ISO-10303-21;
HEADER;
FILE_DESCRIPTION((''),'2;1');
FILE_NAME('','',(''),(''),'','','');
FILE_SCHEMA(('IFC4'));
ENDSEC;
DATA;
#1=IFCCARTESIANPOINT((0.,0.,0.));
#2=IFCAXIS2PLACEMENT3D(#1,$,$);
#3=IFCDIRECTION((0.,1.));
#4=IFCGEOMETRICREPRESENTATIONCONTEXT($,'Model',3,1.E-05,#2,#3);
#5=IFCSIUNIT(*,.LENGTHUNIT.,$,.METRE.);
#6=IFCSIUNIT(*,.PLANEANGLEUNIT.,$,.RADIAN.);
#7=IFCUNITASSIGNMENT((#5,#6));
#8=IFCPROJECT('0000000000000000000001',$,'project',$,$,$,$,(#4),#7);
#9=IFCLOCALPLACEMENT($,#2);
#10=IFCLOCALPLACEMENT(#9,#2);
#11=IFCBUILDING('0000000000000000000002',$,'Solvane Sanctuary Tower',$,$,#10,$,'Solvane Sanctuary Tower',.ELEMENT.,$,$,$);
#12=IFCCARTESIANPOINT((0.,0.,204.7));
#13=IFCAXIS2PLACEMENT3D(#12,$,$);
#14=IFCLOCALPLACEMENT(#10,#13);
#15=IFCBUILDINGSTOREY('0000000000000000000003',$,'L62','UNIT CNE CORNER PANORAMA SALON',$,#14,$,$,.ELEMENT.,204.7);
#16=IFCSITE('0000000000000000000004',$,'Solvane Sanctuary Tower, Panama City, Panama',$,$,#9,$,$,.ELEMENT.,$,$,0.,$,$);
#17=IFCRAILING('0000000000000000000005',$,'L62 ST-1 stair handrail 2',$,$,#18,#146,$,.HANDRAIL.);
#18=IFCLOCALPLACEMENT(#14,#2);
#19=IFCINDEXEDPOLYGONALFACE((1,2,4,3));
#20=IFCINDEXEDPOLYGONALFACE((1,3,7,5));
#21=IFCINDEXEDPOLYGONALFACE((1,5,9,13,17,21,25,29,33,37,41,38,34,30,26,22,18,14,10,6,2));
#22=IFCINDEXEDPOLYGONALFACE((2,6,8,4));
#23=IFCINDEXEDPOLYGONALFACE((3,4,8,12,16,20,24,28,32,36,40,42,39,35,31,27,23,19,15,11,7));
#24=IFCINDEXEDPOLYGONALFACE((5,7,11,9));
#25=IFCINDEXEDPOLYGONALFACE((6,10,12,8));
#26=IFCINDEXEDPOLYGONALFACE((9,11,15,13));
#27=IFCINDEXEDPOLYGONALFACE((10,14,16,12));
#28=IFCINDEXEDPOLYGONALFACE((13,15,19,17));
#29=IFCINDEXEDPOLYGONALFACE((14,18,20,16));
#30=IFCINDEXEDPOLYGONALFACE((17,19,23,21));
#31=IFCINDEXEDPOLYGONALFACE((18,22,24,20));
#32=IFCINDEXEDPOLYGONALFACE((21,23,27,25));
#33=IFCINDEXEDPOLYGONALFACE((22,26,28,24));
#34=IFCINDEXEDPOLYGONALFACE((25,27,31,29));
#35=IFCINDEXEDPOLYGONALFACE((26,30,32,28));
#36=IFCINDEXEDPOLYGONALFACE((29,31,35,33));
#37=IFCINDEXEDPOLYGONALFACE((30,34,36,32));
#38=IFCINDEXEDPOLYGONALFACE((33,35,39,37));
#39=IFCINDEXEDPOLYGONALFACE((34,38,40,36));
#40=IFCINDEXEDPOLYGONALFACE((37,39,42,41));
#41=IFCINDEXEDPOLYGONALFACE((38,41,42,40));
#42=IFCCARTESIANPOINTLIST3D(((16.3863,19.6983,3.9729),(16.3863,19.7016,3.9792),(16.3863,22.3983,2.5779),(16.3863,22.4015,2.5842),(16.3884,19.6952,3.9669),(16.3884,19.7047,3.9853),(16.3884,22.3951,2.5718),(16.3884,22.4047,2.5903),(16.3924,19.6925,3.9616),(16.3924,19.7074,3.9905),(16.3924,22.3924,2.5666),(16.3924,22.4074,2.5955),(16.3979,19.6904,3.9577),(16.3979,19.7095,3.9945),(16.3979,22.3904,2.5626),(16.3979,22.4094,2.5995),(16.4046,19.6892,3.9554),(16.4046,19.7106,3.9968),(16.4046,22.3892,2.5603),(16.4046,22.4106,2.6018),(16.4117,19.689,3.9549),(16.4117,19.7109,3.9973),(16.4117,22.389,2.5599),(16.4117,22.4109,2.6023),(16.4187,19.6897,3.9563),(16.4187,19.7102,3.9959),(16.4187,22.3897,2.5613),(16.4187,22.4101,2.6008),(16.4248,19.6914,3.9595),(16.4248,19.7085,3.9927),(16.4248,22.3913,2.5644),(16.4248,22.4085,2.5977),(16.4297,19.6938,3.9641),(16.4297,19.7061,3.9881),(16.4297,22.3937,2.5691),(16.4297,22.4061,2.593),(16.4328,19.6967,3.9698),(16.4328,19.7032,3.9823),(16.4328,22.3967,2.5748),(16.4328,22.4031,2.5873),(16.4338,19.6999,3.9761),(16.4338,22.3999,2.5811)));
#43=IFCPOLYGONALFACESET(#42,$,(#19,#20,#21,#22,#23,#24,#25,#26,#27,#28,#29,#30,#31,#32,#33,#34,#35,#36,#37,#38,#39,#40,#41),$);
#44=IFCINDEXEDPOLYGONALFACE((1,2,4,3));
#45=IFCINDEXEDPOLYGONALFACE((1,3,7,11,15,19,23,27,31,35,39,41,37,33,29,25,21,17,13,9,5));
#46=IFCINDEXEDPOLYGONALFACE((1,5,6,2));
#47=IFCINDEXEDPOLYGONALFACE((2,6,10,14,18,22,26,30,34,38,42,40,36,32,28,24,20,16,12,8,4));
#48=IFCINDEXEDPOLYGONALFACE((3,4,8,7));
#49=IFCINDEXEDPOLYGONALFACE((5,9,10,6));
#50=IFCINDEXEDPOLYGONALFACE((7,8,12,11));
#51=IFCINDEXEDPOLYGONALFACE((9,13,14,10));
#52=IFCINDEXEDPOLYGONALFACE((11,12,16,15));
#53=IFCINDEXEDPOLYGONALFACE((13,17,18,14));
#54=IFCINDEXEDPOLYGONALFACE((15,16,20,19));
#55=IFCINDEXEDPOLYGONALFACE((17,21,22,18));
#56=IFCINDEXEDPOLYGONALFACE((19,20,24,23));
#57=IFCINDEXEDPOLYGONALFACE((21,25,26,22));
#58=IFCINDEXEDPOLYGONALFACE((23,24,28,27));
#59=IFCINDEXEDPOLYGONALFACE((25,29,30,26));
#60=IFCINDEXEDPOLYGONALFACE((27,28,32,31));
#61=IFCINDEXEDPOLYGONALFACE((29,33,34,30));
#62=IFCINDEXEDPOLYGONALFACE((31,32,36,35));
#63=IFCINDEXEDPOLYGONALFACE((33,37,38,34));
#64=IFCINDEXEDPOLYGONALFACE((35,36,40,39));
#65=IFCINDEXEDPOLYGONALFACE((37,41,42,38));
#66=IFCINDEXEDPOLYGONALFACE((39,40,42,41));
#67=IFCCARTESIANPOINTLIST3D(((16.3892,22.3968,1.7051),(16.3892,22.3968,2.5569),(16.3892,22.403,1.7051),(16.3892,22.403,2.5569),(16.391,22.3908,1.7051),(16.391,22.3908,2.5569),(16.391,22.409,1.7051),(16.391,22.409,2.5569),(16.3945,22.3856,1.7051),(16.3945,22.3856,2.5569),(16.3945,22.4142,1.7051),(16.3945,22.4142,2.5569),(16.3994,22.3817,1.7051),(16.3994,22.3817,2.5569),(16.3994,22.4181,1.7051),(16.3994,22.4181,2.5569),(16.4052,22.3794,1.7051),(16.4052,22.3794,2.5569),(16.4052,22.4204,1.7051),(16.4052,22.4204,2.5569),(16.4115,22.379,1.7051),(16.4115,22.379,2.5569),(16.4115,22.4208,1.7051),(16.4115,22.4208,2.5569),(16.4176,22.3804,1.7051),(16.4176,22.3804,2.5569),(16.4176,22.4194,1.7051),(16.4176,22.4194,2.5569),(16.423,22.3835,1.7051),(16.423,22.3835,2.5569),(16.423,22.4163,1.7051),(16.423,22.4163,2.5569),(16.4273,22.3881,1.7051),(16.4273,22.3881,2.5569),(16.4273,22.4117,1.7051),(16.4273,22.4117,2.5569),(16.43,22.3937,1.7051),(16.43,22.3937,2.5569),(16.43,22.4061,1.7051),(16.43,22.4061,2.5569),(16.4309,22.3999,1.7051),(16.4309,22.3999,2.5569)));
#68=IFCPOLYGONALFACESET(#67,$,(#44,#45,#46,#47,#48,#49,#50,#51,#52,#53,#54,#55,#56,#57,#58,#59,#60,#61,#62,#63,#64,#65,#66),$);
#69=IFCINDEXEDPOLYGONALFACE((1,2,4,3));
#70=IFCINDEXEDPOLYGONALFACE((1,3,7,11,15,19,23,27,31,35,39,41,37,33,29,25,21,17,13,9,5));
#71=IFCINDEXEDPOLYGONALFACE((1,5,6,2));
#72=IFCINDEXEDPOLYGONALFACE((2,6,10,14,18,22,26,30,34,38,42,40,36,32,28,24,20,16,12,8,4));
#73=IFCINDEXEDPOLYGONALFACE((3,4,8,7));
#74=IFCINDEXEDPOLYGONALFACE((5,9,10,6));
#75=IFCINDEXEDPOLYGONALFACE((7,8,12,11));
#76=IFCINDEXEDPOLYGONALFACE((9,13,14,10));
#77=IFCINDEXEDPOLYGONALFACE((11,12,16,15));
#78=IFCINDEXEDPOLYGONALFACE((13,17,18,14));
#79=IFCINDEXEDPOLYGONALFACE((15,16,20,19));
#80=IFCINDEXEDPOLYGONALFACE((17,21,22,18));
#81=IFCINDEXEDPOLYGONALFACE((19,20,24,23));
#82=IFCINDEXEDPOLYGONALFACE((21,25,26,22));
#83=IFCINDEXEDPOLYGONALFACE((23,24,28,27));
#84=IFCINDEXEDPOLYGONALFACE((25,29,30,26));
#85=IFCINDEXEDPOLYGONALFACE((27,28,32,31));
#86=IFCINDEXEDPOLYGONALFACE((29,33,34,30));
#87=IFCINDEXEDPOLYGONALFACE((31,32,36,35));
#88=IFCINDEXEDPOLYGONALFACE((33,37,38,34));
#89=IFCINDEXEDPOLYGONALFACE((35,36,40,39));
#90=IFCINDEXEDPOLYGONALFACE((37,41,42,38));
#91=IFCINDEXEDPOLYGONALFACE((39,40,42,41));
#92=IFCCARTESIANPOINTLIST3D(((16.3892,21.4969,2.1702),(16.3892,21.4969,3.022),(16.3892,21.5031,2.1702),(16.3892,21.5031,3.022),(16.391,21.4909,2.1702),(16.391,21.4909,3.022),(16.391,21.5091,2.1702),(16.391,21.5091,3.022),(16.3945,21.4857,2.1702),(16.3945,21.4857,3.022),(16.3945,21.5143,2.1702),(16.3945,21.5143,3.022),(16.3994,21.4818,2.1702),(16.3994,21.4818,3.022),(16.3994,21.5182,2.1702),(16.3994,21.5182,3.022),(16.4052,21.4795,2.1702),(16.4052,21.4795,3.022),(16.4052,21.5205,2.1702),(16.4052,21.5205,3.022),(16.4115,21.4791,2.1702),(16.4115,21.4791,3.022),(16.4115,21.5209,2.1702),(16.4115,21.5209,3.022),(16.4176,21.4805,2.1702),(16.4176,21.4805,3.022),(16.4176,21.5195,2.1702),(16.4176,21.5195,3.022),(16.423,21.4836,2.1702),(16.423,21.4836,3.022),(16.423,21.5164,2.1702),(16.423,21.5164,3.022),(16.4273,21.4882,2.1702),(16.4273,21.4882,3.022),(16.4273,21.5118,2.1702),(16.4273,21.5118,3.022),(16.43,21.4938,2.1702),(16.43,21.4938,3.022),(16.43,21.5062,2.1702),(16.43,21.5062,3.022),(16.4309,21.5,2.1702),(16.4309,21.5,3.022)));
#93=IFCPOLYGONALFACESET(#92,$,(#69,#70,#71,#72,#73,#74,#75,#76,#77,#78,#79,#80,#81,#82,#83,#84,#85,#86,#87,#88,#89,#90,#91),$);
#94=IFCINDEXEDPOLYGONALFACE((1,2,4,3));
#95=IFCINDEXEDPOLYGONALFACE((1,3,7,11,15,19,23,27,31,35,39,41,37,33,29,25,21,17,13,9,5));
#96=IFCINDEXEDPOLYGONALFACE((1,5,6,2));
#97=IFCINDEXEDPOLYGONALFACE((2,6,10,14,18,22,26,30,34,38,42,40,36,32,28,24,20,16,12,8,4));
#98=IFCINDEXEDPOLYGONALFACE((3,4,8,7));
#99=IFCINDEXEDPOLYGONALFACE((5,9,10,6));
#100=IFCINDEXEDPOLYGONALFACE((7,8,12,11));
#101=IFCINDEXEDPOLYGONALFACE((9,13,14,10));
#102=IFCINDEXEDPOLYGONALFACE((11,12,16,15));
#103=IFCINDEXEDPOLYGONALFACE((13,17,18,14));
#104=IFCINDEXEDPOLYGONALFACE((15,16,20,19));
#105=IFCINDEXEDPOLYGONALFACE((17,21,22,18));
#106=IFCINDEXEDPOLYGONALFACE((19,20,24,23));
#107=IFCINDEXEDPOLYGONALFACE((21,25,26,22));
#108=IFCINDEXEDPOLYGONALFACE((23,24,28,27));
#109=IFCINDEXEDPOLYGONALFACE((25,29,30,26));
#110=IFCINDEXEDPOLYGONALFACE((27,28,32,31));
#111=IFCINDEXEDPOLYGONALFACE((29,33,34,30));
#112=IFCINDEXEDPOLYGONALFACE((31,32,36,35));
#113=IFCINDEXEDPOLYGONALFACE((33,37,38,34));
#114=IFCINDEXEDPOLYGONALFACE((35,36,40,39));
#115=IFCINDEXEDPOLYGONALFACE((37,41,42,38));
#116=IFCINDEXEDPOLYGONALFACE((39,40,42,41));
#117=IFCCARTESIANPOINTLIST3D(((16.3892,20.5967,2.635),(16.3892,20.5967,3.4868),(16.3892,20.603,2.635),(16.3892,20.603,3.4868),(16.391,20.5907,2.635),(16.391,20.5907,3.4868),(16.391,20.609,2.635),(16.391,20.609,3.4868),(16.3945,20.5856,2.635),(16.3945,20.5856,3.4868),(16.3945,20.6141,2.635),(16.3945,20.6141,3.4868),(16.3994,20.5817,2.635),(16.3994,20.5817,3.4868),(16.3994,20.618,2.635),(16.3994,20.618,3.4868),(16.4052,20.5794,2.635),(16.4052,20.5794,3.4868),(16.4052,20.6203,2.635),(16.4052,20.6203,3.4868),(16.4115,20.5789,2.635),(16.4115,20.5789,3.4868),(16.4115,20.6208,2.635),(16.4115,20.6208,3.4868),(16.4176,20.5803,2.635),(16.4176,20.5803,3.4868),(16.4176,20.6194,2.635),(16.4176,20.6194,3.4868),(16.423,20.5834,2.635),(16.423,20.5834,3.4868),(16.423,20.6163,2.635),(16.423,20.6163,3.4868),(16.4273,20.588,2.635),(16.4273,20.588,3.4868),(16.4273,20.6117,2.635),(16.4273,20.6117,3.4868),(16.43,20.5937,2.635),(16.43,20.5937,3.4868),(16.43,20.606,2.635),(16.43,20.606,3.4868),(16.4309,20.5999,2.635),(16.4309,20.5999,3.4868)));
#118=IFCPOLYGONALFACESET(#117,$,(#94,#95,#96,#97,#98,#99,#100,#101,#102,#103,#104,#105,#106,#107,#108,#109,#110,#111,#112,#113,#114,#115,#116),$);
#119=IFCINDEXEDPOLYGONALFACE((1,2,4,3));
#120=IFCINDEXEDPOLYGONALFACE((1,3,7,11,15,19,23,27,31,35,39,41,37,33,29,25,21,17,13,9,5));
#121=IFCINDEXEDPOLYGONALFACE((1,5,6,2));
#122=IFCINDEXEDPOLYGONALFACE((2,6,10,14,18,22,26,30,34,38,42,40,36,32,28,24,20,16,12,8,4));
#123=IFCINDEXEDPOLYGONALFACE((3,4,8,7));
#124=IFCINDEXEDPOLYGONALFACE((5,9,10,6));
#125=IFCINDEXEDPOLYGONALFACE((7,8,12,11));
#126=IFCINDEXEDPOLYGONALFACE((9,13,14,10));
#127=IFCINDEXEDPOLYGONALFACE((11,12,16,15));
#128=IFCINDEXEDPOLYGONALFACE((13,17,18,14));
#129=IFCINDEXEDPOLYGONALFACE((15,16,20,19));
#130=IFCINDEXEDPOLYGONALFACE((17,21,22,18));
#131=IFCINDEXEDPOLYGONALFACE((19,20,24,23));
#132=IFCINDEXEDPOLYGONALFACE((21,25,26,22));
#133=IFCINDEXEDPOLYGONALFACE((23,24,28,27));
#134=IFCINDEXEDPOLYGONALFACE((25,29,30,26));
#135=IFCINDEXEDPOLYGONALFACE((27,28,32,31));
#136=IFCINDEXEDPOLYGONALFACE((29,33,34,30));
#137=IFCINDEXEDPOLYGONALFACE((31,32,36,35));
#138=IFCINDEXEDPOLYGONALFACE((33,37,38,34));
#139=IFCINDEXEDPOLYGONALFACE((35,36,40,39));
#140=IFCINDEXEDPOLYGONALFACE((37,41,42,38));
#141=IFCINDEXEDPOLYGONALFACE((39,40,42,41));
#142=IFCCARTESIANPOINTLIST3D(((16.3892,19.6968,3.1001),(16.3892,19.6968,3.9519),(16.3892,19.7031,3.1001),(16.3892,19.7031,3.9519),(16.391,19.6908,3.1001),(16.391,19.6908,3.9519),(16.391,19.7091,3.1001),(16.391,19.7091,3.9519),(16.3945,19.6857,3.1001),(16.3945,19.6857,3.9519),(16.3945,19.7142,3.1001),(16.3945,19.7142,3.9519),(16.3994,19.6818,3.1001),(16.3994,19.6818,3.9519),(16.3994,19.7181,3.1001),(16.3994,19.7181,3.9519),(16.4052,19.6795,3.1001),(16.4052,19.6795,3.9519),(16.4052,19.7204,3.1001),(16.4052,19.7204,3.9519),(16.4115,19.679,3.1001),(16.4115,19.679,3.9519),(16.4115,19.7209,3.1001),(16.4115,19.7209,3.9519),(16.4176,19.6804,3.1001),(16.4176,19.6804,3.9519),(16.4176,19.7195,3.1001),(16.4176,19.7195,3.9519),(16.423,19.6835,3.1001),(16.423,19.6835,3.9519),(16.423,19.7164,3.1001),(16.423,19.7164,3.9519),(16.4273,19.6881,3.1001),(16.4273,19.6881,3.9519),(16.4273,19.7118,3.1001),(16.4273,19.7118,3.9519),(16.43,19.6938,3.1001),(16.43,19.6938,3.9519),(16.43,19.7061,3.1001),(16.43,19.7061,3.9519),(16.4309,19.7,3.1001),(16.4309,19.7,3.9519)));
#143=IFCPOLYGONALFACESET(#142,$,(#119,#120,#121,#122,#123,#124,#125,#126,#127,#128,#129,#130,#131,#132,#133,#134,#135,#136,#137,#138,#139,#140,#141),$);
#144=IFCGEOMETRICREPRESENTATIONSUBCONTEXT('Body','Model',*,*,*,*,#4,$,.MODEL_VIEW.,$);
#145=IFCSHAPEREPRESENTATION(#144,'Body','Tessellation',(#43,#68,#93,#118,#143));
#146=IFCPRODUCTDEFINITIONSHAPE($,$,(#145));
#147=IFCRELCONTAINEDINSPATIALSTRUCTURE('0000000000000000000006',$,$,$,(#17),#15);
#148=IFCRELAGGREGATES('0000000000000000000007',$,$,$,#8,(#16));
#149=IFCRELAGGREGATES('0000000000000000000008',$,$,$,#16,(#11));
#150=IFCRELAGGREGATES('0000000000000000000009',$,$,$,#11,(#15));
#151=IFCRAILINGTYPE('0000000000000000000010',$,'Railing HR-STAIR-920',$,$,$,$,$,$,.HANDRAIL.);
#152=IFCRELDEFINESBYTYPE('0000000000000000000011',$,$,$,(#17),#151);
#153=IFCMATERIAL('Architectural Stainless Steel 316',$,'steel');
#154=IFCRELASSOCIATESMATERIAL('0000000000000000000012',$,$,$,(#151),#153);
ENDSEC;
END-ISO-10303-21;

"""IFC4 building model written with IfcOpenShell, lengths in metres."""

from ifc_helpers import new_model, si_unit, direction, frame, origin, origin_2d, place, context, subcontext, project, spatial, circle, extrude, material, type_object, element, save


model = new_model("IFC4")

# Units and contexts
model_context = context("Model", 3, precision=1e-05, world=origin(), true_north=direction((0.0, 1.0)))
body_context = subcontext(model_context, "Body", "Model", "MODEL_VIEW")
ifc_project = project(units=[si_unit("LENGTHUNIT", "METRE"), si_unit("PLANEANGLEUNIT", "RADIAN")], contexts=[model_context])

# Site, building, storey
site_placement = place(None, origin())
site = spatial("IfcSite", under=ifc_project, at=site_placement, Name="Solvane Sanctuary Tower, Panama City, Panama", CompositionType="ELEMENT", RefElevation=0.0)
building_placement = place(site_placement, origin())
building = spatial("IfcBuilding", under=site, at=building_placement, Name="Solvane Sanctuary Tower", LongName="Solvane Sanctuary Tower", CompositionType="ELEMENT")
storey_placement = place(building_placement, frame((0.0, 0.0, 204.7)))
storey = spatial("IfcBuildingStorey", under=building, at=storey_placement, Name="L62", Description="UNIT CNE CORNER PANORAMA SALON", CompositionType="ELEMENT", Elevation=204.7)

# Railing
ifc_material_1 = material(Name="Architectural Stainless Steel 316", Category="steel")
railing_type_1 = type_object("IfcRailingType", Name="Railing HR-STAIR-920", PredefinedType="HANDRAIL", material=ifc_material_1)
railing_1_placement = place(storey_placement, frame((16.4099, 22.3999, 1.7051)))
element("IfcRailing", 1, at=railing_1_placement, inside=storey, type_object=railing_type_1, Name="L62 ST-1 stair handrail 2", PredefinedType="HANDRAIL", context=body_context, shape_type="SweptSolid", body=[
    extrude(circle(Radius=0.0239, at=origin_2d()), frame((0.0, 0.0, 0.876), z_axis=(0.0, -0.88842, 0.459032), x_axis=(1.0, 0.0, 0.0)), (0.0, 0.0, 1.0), 3.0391),
    extrude(circle(Radius=0.021, at=origin_2d()), origin(), (0.0, 0.0, 1.0), 0.8518),
    extrude(circle(Radius=0.021, at=origin_2d()), frame((0.0, -0.8999, 0.4651)), (0.0, 0.0, 1.0), 0.8518),
    extrude(circle(Radius=0.021, at=origin_2d()), frame((0.0, -1.8, 0.9299)), (0.0, 0.0, 1.0), 0.8518),
    extrude(circle(Radius=0.021, at=origin_2d()), frame((0.0, -2.7, 1.395)), (0.0, 0.0, 1.0), 0.8518),
])

save(model, "model.ifc")
